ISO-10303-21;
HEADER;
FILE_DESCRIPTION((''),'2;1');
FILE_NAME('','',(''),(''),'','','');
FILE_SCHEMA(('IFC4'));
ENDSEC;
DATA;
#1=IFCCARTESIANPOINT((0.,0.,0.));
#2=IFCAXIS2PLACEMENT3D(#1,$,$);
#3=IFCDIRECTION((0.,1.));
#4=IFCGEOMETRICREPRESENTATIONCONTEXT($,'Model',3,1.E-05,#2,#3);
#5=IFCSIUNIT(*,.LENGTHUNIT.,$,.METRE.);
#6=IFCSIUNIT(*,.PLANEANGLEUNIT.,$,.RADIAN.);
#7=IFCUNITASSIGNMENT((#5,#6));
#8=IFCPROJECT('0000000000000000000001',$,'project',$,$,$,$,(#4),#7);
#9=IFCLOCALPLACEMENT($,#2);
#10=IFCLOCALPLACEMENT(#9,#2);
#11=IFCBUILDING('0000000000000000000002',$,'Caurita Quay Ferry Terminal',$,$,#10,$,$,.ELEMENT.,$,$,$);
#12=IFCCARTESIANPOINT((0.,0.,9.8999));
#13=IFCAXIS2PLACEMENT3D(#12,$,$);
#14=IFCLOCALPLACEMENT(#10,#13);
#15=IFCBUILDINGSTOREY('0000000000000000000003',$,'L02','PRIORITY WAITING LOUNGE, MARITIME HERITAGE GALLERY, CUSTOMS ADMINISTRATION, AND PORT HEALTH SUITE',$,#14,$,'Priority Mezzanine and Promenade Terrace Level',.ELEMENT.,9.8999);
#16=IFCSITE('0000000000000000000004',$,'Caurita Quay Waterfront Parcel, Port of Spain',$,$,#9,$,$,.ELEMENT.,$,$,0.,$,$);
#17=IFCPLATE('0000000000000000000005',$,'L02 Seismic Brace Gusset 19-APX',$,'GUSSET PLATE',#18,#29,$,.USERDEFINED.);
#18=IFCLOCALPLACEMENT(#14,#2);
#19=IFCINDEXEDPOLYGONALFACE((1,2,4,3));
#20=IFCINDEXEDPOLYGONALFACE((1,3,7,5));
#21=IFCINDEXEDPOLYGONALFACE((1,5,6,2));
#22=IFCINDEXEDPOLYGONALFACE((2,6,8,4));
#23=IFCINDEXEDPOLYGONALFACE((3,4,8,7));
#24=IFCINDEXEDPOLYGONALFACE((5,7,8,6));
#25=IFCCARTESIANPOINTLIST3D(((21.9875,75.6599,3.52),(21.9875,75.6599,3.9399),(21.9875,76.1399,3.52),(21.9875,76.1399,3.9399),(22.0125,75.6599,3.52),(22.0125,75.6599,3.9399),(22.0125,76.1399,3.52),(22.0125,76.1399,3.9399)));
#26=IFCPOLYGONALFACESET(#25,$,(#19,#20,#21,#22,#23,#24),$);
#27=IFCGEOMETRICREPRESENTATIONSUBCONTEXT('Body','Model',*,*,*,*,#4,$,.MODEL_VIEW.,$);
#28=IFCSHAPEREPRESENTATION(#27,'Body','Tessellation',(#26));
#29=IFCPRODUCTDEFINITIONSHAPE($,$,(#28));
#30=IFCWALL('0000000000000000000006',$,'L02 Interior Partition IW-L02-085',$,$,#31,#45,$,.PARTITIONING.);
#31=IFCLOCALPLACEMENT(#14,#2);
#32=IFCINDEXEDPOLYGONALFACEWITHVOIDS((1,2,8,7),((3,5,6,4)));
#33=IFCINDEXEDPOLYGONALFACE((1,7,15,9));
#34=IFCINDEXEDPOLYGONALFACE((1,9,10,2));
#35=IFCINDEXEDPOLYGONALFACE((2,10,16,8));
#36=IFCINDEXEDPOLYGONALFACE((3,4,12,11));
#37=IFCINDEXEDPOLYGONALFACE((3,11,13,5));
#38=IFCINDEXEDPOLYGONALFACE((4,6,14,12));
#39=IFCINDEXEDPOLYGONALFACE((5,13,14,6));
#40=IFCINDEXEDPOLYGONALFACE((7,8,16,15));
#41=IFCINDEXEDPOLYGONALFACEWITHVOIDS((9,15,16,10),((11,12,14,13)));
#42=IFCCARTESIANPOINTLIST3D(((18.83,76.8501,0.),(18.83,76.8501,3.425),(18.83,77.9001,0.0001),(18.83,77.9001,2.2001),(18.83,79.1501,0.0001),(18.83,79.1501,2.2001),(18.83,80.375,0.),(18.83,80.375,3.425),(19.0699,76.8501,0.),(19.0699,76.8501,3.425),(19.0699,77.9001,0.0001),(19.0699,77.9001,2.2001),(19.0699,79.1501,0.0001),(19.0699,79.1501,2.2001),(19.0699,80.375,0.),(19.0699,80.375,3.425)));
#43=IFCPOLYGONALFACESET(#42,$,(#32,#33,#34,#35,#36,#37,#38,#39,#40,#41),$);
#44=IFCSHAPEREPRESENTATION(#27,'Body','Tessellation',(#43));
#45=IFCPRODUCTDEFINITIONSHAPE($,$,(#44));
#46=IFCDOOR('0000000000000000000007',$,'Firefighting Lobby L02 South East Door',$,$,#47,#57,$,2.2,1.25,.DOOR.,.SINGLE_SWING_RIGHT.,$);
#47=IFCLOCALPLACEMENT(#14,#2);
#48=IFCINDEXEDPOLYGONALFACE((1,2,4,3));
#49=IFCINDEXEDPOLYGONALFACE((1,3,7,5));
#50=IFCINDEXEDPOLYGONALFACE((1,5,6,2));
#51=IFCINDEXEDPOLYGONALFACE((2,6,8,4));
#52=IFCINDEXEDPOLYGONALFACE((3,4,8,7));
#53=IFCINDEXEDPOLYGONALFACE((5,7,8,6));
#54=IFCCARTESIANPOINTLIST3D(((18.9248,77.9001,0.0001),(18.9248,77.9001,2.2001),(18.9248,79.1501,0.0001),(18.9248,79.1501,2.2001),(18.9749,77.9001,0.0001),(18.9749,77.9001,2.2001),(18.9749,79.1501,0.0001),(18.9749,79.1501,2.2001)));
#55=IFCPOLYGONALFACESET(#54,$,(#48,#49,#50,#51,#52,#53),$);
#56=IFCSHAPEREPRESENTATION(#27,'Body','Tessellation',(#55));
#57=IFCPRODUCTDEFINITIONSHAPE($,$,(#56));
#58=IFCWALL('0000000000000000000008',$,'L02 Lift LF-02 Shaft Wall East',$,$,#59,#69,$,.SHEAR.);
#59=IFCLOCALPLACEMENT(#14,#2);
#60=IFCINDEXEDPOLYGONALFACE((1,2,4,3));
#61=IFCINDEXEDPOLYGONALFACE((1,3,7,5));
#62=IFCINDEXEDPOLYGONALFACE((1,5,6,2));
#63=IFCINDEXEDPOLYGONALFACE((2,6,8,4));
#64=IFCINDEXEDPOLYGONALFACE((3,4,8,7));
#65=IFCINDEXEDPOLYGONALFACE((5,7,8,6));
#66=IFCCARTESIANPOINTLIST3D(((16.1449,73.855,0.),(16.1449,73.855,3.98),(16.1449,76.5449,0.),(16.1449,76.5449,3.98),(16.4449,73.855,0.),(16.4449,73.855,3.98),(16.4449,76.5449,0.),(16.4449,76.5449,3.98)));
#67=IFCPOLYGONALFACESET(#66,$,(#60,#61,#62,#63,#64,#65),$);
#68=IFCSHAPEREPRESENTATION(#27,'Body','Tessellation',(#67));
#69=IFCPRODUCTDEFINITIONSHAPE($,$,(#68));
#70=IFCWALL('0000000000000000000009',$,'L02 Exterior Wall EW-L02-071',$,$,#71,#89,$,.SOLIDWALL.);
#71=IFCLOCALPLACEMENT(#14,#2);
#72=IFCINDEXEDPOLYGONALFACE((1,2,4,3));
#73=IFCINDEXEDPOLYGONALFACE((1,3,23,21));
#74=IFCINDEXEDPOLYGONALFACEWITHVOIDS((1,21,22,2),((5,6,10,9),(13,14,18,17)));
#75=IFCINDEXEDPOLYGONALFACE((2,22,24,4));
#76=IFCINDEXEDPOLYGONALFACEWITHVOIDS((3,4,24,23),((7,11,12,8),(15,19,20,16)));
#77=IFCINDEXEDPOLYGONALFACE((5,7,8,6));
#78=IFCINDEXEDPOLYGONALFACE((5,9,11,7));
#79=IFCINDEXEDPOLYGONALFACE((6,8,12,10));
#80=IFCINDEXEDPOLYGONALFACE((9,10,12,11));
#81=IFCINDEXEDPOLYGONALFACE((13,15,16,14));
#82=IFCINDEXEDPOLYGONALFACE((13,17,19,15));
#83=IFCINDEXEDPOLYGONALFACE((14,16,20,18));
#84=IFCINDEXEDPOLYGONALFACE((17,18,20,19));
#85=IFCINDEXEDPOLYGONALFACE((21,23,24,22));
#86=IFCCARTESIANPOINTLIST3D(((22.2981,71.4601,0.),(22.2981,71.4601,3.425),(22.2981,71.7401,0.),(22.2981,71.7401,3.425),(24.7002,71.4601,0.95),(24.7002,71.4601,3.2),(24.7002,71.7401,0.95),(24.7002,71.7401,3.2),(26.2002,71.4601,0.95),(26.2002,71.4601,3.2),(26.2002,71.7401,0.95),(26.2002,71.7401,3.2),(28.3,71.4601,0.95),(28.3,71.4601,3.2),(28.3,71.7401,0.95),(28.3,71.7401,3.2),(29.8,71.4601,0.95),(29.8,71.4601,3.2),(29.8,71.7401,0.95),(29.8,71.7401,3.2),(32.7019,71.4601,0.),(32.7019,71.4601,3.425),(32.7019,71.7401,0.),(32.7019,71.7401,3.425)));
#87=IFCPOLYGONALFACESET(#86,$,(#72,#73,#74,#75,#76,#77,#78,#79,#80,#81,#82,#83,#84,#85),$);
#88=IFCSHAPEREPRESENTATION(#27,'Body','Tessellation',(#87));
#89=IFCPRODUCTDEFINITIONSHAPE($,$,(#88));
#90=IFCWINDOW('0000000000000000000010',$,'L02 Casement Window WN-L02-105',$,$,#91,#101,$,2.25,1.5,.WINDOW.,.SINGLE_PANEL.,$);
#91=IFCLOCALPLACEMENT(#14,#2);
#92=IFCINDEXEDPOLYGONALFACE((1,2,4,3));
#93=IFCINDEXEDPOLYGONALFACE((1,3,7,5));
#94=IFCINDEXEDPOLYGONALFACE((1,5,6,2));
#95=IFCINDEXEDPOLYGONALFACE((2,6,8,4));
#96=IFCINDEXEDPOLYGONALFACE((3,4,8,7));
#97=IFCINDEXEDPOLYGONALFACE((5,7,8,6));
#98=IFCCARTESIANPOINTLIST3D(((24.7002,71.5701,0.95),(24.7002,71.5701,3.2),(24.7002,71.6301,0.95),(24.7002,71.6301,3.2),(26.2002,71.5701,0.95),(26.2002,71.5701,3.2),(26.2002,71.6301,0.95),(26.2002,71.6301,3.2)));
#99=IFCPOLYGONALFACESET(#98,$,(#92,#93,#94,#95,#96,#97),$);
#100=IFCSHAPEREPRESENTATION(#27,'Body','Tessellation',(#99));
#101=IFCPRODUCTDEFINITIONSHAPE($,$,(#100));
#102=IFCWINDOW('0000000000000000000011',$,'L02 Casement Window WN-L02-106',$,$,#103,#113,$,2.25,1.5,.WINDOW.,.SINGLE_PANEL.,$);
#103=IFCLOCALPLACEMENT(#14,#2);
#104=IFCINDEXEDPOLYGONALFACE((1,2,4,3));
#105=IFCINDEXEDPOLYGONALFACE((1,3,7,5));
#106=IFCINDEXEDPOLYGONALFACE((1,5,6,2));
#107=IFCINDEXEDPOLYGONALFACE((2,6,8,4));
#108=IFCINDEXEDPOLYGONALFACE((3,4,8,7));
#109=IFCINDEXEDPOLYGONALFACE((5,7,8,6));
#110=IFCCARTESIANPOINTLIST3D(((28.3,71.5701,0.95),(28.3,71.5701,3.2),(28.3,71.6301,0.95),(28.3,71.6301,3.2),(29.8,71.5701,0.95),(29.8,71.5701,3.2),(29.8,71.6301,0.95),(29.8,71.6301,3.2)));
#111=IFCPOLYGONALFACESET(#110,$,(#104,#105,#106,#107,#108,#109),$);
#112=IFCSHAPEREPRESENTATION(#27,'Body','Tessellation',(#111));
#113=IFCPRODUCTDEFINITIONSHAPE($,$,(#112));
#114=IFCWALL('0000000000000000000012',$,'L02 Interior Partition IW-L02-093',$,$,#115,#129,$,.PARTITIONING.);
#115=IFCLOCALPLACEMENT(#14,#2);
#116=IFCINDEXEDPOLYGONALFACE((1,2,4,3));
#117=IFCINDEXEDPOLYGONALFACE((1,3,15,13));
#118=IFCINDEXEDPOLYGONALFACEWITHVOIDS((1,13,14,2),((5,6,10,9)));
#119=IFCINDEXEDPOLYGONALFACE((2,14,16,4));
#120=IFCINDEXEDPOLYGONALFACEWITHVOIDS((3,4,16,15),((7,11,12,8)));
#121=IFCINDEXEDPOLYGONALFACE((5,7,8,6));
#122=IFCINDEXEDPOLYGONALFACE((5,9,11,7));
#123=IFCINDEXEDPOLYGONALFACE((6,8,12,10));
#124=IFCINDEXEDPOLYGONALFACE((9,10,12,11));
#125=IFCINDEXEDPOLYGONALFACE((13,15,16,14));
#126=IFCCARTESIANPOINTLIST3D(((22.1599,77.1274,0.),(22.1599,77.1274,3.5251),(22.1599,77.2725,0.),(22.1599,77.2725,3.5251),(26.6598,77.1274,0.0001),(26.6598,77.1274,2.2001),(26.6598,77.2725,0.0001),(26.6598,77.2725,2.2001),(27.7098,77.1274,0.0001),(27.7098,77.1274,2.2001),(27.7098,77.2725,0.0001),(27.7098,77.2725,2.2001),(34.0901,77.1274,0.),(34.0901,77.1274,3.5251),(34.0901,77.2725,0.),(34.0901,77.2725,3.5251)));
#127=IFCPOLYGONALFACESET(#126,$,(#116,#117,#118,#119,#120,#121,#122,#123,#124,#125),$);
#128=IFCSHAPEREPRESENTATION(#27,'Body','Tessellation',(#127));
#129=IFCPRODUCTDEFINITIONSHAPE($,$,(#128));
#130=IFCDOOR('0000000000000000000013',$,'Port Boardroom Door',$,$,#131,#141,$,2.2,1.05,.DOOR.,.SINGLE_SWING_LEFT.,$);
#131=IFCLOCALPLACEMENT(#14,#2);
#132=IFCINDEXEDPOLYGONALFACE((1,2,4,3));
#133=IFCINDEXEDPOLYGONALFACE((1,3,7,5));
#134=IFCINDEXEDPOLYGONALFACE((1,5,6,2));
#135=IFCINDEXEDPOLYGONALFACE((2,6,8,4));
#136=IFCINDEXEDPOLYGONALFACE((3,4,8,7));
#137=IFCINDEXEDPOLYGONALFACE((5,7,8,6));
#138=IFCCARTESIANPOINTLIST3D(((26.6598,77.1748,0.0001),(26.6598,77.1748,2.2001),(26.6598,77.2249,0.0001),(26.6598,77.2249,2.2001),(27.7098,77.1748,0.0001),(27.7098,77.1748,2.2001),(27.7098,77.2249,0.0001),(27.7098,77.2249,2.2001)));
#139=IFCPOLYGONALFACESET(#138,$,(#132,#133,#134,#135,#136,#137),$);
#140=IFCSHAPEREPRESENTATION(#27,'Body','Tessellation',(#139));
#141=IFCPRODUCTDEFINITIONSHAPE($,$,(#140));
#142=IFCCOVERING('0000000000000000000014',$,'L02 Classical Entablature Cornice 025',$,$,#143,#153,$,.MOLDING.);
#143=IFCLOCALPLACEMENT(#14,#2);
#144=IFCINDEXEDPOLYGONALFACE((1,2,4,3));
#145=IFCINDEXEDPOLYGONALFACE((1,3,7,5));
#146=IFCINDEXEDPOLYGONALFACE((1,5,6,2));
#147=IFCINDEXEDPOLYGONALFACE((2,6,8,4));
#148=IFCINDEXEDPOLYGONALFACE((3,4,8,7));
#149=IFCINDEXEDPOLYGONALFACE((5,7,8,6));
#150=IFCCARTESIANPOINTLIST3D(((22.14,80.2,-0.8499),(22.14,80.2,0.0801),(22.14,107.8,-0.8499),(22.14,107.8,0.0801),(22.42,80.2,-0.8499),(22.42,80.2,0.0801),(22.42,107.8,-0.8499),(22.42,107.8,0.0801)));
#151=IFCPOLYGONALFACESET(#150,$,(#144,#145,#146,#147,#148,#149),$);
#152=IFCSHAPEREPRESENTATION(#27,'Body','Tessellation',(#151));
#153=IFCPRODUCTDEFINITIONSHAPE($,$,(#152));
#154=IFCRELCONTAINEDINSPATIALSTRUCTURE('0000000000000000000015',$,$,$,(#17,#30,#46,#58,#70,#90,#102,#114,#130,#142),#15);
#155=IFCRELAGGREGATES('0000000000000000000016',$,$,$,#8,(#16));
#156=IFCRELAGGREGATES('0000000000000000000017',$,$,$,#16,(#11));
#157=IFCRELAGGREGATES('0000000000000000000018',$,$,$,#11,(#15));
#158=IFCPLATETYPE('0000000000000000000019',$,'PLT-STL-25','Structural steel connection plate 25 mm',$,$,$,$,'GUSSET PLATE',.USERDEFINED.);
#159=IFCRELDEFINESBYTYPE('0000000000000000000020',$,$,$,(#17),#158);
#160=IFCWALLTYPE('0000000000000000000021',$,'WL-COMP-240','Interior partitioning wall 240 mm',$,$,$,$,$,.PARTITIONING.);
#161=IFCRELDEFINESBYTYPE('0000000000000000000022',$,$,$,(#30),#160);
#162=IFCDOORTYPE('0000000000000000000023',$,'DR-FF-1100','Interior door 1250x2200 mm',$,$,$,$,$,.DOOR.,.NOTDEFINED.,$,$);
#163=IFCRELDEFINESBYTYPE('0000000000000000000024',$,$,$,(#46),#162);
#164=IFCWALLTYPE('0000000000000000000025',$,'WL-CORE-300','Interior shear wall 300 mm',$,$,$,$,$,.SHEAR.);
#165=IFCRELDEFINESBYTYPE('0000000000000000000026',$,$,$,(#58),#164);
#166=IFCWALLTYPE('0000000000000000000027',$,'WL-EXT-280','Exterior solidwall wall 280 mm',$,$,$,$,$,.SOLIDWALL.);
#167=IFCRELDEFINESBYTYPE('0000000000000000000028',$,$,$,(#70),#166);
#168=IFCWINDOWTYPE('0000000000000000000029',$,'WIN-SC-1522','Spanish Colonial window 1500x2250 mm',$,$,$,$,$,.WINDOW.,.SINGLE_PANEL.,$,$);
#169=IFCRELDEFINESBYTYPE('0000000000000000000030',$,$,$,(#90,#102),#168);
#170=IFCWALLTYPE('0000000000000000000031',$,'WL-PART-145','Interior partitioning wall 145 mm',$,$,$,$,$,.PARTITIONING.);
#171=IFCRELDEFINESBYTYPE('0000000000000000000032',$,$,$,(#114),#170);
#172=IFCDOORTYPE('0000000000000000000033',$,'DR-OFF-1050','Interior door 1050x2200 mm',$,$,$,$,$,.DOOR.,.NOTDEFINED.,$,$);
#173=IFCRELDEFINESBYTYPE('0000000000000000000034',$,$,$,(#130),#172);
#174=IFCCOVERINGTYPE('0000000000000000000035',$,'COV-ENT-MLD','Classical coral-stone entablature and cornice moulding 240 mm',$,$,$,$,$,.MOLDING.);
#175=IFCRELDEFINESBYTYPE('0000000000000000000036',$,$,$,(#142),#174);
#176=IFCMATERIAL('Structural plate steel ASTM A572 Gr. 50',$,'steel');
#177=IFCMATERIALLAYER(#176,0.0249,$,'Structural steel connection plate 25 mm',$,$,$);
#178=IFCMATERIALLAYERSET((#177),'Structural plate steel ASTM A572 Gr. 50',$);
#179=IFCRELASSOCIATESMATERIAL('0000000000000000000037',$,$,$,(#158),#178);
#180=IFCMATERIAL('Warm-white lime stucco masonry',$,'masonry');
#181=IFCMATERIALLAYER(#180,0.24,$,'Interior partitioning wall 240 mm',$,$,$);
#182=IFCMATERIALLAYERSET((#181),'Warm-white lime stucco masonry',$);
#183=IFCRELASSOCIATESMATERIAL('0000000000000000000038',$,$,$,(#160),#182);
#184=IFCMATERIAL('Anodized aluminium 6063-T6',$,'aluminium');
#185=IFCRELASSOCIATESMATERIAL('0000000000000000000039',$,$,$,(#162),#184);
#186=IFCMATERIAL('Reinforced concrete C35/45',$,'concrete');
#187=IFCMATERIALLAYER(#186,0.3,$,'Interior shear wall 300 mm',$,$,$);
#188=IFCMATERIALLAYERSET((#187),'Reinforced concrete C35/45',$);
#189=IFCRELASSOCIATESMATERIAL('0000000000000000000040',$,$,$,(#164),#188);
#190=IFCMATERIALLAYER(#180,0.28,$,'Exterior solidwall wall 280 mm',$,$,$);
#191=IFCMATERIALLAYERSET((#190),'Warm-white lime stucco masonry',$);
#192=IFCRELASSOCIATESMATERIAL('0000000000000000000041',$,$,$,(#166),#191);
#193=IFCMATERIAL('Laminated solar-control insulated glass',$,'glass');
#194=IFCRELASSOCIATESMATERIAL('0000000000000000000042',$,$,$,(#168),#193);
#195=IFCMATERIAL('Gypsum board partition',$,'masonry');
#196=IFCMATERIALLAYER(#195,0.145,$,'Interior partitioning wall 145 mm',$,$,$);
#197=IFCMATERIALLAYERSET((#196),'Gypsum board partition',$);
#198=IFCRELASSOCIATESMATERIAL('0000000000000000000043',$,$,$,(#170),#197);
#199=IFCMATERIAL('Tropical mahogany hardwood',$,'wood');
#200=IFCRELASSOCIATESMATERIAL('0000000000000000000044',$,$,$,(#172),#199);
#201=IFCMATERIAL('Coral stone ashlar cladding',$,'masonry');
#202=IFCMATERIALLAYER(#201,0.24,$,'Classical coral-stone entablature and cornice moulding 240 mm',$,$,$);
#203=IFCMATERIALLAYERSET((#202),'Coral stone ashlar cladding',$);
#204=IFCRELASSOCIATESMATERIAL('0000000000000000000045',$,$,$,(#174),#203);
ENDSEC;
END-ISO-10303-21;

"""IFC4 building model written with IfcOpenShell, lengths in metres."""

from ifc_helpers import new_model, si_unit, direction, frame, frame_2d, origin, origin_2d, place, context, subcontext, project, spatial, rectangle, extrude, material, layer, layer_set, type_object, element, fill, save


model = new_model("IFC4")

# Units and contexts
model_context = context("Model", 3, precision=1e-05, world=origin(), true_north=direction((0.0, 1.0)))
body_context = subcontext(model_context, "Body", "Model", "MODEL_VIEW")
ifc_project = project(units=[si_unit("LENGTHUNIT", "METRE"), si_unit("PLANEANGLEUNIT", "RADIAN")], contexts=[model_context])

# Site, building, storey
site_placement = place(None, origin())
site = spatial("IfcSite", under=ifc_project, at=site_placement, Name="Caurita Quay Waterfront Parcel, Port of Spain", CompositionType="ELEMENT", RefElevation=0.0)
building_placement = place(site_placement, origin())
building = spatial("IfcBuilding", under=site, at=building_placement, Name="Caurita Quay Ferry Terminal", CompositionType="ELEMENT")
storey_placement = place(building_placement, frame((0.0, 0.0, 9.8999)))
storey = spatial("IfcBuildingStorey", under=building, at=storey_placement, Name="L02", Description="PRIORITY WAITING LOUNGE, MARITIME HERITAGE GALLERY, CUSTOMS ADMINISTRATION, AND PORT HEALTH SUITE", LongName="Priority Mezzanine and Promenade Terrace Level", CompositionType="ELEMENT", Elevation=9.8999)

# Shared definitions
ifc_material_1 = material(Name="Reinforced concrete C35/45", Category="concrete")

# Shared definitions
ifc_material_2 = material(Name="Laminated solar-control insulated glass", Category="glass")
ifc_material_3 = material(Name="Anodized aluminium 6063-T6", Category="aluminium")

# Plate
ifc_material_4 = material(Name="Structural plate steel ASTM A572 Gr. 50", Category="steel")
ifc_layer_1 = layer(ifc_material_4, 0.0249, Name="Structural steel connection plate 25 mm")
ifc_layer_set_1 = layer_set([ifc_layer_1], Name="Structural plate steel ASTM A572 Gr. 50")
plate_type_1 = type_object("IfcPlateType", Name="PLT-STL-25", Description="Structural steel connection plate 25 mm", ElementType="GUSSET PLATE", PredefinedType="USERDEFINED", material=ifc_layer_set_1)
plate_placement = place(storey_placement, frame((22.0, 75.8999, 3.52), z_axis=(0.0, 0.0, 1.0), x_axis=(0.0, 1.0, 0.0)))
element("IfcPlate", 1, at=plate_placement, inside=storey, type_object=plate_type_1, Name="L02 Seismic Brace Gusset 19-APX", ObjectType="GUSSET PLATE", PredefinedType="USERDEFINED", context=body_context, shape_type="SweptSolid", body=[
    extrude(rectangle(XDim=0.48, YDim=0.0249, at=origin_2d()), origin(), (0.0, 0.0, 1.0), 0.4199),
])

# Wall, opening, door
ifc_material_5 = material(Name="Warm-white lime stucco masonry", Category="masonry")
ifc_layer_2 = layer(ifc_material_5, 0.24, Name="Interior partitioning wall 240 mm")
ifc_layer_set_2 = layer_set([ifc_layer_2], Name="Warm-white lime stucco masonry")
wall_type_1 = type_object("IfcWallType", Name="WL-COMP-240", Description="Interior partitioning wall 240 mm", PredefinedType="PARTITIONING", material=ifc_layer_set_2)
wall_1_placement = place(storey_placement, frame((18.95, 76.8501, 0.0), z_axis=(0.0, 0.0, 1.0), x_axis=(0.0, 1.0, 0.0)))
wall_1 = element("IfcWall", 2, at=wall_1_placement, inside=storey, type_object=wall_type_1, Name="L02 Interior Partition IW-L02-085", PredefinedType="PARTITIONING", context=body_context, shape_type="SweptSolid", body=[
    extrude(rectangle(XDim=3.5249, YDim=0.24, at=frame_2d((1.7625, 0.0))), origin(), (0.0, 0.0, 1.0), 3.425),
])
opening_1_placement = place(wall_1_placement, frame((1.05, 0.0, 0.0)))
opening_1 = element("IfcOpeningElement", 3, at=opening_1_placement, cuts=wall_1, PredefinedType="OPENING", context=body_context, shape_type="SweptSolid", body=[
    extrude(rectangle(XDim=1.25, YDim=2.2, at=frame_2d((0.625, 1.1001))), frame((0.0, 0.1299, 0.0), z_axis=(0.0, -1.0, 0.0), x_axis=(1.0, 0.0, 0.0)), (0.0, 0.0, 1.0), 0.26),
])
door_type_1 = type_object("IfcDoorType", Name="DR-FF-1100", Description="Interior door 1250x2200 mm", OperationType="NOTDEFINED", PredefinedType="DOOR", material=ifc_material_3)
door_1_placement = place(opening_1_placement, frame((1.25, 0.0, 0.0), z_axis=(0.0, 0.0, 1.0), x_axis=(-1.0, 0.0, 0.0)))
door_1 = element("IfcDoor", 4, at=door_1_placement, inside=storey, type_object=door_type_1, Name="Firefighting Lobby L02 South East Door", OperationType="SINGLE_SWING_RIGHT", OverallHeight=2.2, OverallWidth=1.25, PredefinedType="DOOR", context=body_context, shape_type="SweptSolid", body=[
    extrude(rectangle(XDim=1.25, YDim=2.2, at=frame_2d((0.625, 1.1001))), frame((0.0, 0.0249, 0.0), z_axis=(0.0, -1.0, 0.0), x_axis=(1.0, 0.0, 0.0)), (0.0, 0.0, 1.0), 0.05),
])
fill(opening_1, door_1)
ifc_layer_3 = layer(ifc_material_1, 0.3, Name="Interior shear wall 300 mm")
ifc_layer_set_3 = layer_set([ifc_layer_3], Name="Reinforced concrete C35/45")
wall_type_2 = type_object("IfcWallType", Name="WL-CORE-300", Description="Interior shear wall 300 mm", PredefinedType="SHEAR", material=ifc_layer_set_3)

# Wall
wall_2_placement = place(storey_placement, frame((16.2949, 73.855, 0.0), z_axis=(0.0, 0.0, 1.0), x_axis=(0.0, 1.0, 0.0)))
element("IfcWall", 5, at=wall_2_placement, inside=storey, type_object=wall_type_2, Name="L02 Lift LF-02 Shaft Wall East", PredefinedType="SHEAR", context=body_context, shape_type="SweptSolid", body=[
    extrude(rectangle(XDim=2.6899, YDim=0.3, at=frame_2d((1.345, 0.0))), origin(), (0.0, 0.0, 1.0), 3.98),
])

# Wall, openings, windows
ifc_layer_4 = layer(ifc_material_5, 0.28, Name="Exterior solidwall wall 280 mm")
ifc_layer_set_4 = layer_set([ifc_layer_4], Name="Warm-white lime stucco masonry")
wall_type_3 = type_object("IfcWallType", Name="WL-EXT-280", Description="Exterior solidwall wall 280 mm", PredefinedType="SOLIDWALL", material=ifc_layer_set_4)
wall_3_placement = place(storey_placement, frame((22.2981, 71.6001, 0.0), z_axis=(0.0, 0.0, 1.0), x_axis=(1.0, 0.0, 0.0)))
wall_3 = element("IfcWall", 6, at=wall_3_placement, inside=storey, type_object=wall_type_3, Name="L02 Exterior Wall EW-L02-071", PredefinedType="SOLIDWALL", context=body_context, shape_type="SweptSolid", body=[
    extrude(rectangle(XDim=10.4038, YDim=0.28, at=frame_2d((5.2019, 0.0))), origin(), (0.0, 0.0, 1.0), 3.425),
])
opening_2_placement = place(wall_3_placement, frame((2.4021, 0.0, 0.95)))
opening_2 = element("IfcOpeningElement", 7, at=opening_2_placement, cuts=wall_3, PredefinedType="OPENING", context=body_context, shape_type="SweptSolid", body=[
    extrude(rectangle(XDim=1.5, YDim=2.25, at=frame_2d((0.75, 1.125))), frame((0.0, 0.1499, 0.0), z_axis=(0.0, -1.0, 0.0), x_axis=(1.0, 0.0, 0.0)), (0.0, 0.0, 1.0), 0.3),
])
opening_3_placement = place(wall_3_placement, frame((6.002, 0.0, 0.95)))
opening_3 = element("IfcOpeningElement", 8, at=opening_3_placement, cuts=wall_3, PredefinedType="OPENING", context=body_context, shape_type="SweptSolid", body=[
    extrude(rectangle(XDim=1.5, YDim=2.25, at=frame_2d((0.75, 1.125))), frame((0.0, 0.1499, 0.0), z_axis=(0.0, -1.0, 0.0), x_axis=(1.0, 0.0, 0.0)), (0.0, 0.0, 1.0), 0.3),
])
window_type = type_object("IfcWindowType", Name="WIN-SC-1522", Description="Spanish Colonial window 1500x2250 mm", PartitioningType="SINGLE_PANEL", PredefinedType="WINDOW", material=ifc_material_2)
window_1_placement = place(opening_2_placement, origin())
window_1 = element("IfcWindow", 9, at=window_1_placement, inside=storey, type_object=window_type, Name="L02 Casement Window WN-L02-105", OverallHeight=2.25, OverallWidth=1.5, PartitioningType="SINGLE_PANEL", PredefinedType="WINDOW", context=body_context, shape_type="SweptSolid", body=[
    extrude(rectangle(XDim=1.5, YDim=2.25, at=frame_2d((0.75, 1.125))), frame((0.0, 0.03, 0.0), z_axis=(0.0, -1.0, 0.0), x_axis=(1.0, 0.0, 0.0)), (0.0, 0.0, 1.0), 0.0601),
])
fill(opening_2, window_1)
window_2_placement = place(opening_3_placement, origin())
window_2 = element("IfcWindow", 10, at=window_2_placement, inside=storey, type_object=window_type, Name="L02 Casement Window WN-L02-106", OverallHeight=2.25, OverallWidth=1.5, PartitioningType="SINGLE_PANEL", PredefinedType="WINDOW", context=body_context, shape_type="SweptSolid", body=[
    extrude(rectangle(XDim=1.5, YDim=2.25, at=frame_2d((0.75, 1.125))), frame((0.0, 0.03, 0.0), z_axis=(0.0, -1.0, 0.0), x_axis=(1.0, 0.0, 0.0)), (0.0, 0.0, 1.0), 0.0601),
])
fill(opening_3, window_2)

# Wall, opening, door
ifc_material_6 = material(Name="Gypsum board partition", Category="masonry")
ifc_layer_5 = layer(ifc_material_6, 0.145, Name="Interior partitioning wall 145 mm")
ifc_layer_set_5 = layer_set([ifc_layer_5], Name="Gypsum board partition")
wall_type_4 = type_object("IfcWallType", Name="WL-PART-145", Description="Interior partitioning wall 145 mm", PredefinedType="PARTITIONING", material=ifc_layer_set_5)
wall_4_placement = place(storey_placement, frame((22.1599, 77.2, 0.0), z_axis=(0.0, 0.0, 1.0), x_axis=(1.0, 0.0, 0.0)))
wall_4 = element("IfcWall", 11, at=wall_4_placement, inside=storey, type_object=wall_type_4, Name="L02 Interior Partition IW-L02-093", PredefinedType="PARTITIONING", context=body_context, shape_type="SweptSolid", body=[
    extrude(rectangle(XDim=11.9302, YDim=0.145, at=frame_2d((5.9651, 0.0))), origin(), (0.0, 0.0, 1.0), 3.5251),
])
opening_4_placement = place(wall_4_placement, frame((4.5, 0.0, 0.0)))
opening_4 = element("IfcOpeningElement", 12, at=opening_4_placement, cuts=wall_4, PredefinedType="OPENING", context=body_context, shape_type="SweptSolid", body=[
    extrude(rectangle(XDim=1.05, YDim=2.2, at=frame_2d((0.5249, 1.1001))), frame((0.0, 0.0825, 0.0), z_axis=(0.0, -1.0, 0.0), x_axis=(1.0, 0.0, 0.0)), (0.0, 0.0, 1.0), 0.165),
])
ifc_material_7 = material(Name="Tropical mahogany hardwood", Category="wood")
door_type_2 = type_object("IfcDoorType", Name="DR-OFF-1050", Description="Interior door 1050x2200 mm", OperationType="NOTDEFINED", PredefinedType="DOOR", material=ifc_material_7)
door_2_placement = place(opening_4_placement, origin())
door_2 = element("IfcDoor", 13, at=door_2_placement, inside=storey, type_object=door_type_2, Name="Port Boardroom Door", OperationType="SINGLE_SWING_LEFT", OverallHeight=2.2, OverallWidth=1.05, PredefinedType="DOOR", context=body_context, shape_type="SweptSolid", body=[
    extrude(rectangle(XDim=1.05, YDim=2.2, at=frame_2d((0.5249, 1.1001))), frame((0.0, 0.0249, 0.0), z_axis=(0.0, -1.0, 0.0), x_axis=(1.0, 0.0, 0.0)), (0.0, 0.0, 1.0), 0.05),
])
fill(opening_4, door_2)

# Covering
ifc_material_8 = material(Name="Coral stone ashlar cladding", Category="masonry")
ifc_layer_6 = layer(ifc_material_8, 0.24, Name="Classical coral-stone entablature and cornice moulding 240 mm")
ifc_layer_set_6 = layer_set([ifc_layer_6], Name="Coral stone ashlar cladding")
covering_type_1 = type_object("IfcCoveringType", Name="COV-ENT-MLD", Description="Classical coral-stone entablature and cornice moulding 240 mm", PredefinedType="MOLDING", material=ifc_layer_set_6)
covering_1_placement = place(storey_placement, frame((22.28, 80.2, -0.8499), z_axis=(0.0, 0.0, 1.0), x_axis=(0.0, 1.0, 0.0)))
element("IfcCovering", 14, at=covering_1_placement, inside=storey, type_object=covering_type_1, Name="L02 Classical Entablature Cornice 025", PredefinedType="MOLDING", context=body_context, shape_type="SweptSolid", body=[
    extrude(rectangle(XDim=27.6001, YDim=0.28, at=frame_2d((13.8, 0.0))), origin(), (0.0, 0.0, 1.0), 0.9299),
])

save(model, "model.ifc")
